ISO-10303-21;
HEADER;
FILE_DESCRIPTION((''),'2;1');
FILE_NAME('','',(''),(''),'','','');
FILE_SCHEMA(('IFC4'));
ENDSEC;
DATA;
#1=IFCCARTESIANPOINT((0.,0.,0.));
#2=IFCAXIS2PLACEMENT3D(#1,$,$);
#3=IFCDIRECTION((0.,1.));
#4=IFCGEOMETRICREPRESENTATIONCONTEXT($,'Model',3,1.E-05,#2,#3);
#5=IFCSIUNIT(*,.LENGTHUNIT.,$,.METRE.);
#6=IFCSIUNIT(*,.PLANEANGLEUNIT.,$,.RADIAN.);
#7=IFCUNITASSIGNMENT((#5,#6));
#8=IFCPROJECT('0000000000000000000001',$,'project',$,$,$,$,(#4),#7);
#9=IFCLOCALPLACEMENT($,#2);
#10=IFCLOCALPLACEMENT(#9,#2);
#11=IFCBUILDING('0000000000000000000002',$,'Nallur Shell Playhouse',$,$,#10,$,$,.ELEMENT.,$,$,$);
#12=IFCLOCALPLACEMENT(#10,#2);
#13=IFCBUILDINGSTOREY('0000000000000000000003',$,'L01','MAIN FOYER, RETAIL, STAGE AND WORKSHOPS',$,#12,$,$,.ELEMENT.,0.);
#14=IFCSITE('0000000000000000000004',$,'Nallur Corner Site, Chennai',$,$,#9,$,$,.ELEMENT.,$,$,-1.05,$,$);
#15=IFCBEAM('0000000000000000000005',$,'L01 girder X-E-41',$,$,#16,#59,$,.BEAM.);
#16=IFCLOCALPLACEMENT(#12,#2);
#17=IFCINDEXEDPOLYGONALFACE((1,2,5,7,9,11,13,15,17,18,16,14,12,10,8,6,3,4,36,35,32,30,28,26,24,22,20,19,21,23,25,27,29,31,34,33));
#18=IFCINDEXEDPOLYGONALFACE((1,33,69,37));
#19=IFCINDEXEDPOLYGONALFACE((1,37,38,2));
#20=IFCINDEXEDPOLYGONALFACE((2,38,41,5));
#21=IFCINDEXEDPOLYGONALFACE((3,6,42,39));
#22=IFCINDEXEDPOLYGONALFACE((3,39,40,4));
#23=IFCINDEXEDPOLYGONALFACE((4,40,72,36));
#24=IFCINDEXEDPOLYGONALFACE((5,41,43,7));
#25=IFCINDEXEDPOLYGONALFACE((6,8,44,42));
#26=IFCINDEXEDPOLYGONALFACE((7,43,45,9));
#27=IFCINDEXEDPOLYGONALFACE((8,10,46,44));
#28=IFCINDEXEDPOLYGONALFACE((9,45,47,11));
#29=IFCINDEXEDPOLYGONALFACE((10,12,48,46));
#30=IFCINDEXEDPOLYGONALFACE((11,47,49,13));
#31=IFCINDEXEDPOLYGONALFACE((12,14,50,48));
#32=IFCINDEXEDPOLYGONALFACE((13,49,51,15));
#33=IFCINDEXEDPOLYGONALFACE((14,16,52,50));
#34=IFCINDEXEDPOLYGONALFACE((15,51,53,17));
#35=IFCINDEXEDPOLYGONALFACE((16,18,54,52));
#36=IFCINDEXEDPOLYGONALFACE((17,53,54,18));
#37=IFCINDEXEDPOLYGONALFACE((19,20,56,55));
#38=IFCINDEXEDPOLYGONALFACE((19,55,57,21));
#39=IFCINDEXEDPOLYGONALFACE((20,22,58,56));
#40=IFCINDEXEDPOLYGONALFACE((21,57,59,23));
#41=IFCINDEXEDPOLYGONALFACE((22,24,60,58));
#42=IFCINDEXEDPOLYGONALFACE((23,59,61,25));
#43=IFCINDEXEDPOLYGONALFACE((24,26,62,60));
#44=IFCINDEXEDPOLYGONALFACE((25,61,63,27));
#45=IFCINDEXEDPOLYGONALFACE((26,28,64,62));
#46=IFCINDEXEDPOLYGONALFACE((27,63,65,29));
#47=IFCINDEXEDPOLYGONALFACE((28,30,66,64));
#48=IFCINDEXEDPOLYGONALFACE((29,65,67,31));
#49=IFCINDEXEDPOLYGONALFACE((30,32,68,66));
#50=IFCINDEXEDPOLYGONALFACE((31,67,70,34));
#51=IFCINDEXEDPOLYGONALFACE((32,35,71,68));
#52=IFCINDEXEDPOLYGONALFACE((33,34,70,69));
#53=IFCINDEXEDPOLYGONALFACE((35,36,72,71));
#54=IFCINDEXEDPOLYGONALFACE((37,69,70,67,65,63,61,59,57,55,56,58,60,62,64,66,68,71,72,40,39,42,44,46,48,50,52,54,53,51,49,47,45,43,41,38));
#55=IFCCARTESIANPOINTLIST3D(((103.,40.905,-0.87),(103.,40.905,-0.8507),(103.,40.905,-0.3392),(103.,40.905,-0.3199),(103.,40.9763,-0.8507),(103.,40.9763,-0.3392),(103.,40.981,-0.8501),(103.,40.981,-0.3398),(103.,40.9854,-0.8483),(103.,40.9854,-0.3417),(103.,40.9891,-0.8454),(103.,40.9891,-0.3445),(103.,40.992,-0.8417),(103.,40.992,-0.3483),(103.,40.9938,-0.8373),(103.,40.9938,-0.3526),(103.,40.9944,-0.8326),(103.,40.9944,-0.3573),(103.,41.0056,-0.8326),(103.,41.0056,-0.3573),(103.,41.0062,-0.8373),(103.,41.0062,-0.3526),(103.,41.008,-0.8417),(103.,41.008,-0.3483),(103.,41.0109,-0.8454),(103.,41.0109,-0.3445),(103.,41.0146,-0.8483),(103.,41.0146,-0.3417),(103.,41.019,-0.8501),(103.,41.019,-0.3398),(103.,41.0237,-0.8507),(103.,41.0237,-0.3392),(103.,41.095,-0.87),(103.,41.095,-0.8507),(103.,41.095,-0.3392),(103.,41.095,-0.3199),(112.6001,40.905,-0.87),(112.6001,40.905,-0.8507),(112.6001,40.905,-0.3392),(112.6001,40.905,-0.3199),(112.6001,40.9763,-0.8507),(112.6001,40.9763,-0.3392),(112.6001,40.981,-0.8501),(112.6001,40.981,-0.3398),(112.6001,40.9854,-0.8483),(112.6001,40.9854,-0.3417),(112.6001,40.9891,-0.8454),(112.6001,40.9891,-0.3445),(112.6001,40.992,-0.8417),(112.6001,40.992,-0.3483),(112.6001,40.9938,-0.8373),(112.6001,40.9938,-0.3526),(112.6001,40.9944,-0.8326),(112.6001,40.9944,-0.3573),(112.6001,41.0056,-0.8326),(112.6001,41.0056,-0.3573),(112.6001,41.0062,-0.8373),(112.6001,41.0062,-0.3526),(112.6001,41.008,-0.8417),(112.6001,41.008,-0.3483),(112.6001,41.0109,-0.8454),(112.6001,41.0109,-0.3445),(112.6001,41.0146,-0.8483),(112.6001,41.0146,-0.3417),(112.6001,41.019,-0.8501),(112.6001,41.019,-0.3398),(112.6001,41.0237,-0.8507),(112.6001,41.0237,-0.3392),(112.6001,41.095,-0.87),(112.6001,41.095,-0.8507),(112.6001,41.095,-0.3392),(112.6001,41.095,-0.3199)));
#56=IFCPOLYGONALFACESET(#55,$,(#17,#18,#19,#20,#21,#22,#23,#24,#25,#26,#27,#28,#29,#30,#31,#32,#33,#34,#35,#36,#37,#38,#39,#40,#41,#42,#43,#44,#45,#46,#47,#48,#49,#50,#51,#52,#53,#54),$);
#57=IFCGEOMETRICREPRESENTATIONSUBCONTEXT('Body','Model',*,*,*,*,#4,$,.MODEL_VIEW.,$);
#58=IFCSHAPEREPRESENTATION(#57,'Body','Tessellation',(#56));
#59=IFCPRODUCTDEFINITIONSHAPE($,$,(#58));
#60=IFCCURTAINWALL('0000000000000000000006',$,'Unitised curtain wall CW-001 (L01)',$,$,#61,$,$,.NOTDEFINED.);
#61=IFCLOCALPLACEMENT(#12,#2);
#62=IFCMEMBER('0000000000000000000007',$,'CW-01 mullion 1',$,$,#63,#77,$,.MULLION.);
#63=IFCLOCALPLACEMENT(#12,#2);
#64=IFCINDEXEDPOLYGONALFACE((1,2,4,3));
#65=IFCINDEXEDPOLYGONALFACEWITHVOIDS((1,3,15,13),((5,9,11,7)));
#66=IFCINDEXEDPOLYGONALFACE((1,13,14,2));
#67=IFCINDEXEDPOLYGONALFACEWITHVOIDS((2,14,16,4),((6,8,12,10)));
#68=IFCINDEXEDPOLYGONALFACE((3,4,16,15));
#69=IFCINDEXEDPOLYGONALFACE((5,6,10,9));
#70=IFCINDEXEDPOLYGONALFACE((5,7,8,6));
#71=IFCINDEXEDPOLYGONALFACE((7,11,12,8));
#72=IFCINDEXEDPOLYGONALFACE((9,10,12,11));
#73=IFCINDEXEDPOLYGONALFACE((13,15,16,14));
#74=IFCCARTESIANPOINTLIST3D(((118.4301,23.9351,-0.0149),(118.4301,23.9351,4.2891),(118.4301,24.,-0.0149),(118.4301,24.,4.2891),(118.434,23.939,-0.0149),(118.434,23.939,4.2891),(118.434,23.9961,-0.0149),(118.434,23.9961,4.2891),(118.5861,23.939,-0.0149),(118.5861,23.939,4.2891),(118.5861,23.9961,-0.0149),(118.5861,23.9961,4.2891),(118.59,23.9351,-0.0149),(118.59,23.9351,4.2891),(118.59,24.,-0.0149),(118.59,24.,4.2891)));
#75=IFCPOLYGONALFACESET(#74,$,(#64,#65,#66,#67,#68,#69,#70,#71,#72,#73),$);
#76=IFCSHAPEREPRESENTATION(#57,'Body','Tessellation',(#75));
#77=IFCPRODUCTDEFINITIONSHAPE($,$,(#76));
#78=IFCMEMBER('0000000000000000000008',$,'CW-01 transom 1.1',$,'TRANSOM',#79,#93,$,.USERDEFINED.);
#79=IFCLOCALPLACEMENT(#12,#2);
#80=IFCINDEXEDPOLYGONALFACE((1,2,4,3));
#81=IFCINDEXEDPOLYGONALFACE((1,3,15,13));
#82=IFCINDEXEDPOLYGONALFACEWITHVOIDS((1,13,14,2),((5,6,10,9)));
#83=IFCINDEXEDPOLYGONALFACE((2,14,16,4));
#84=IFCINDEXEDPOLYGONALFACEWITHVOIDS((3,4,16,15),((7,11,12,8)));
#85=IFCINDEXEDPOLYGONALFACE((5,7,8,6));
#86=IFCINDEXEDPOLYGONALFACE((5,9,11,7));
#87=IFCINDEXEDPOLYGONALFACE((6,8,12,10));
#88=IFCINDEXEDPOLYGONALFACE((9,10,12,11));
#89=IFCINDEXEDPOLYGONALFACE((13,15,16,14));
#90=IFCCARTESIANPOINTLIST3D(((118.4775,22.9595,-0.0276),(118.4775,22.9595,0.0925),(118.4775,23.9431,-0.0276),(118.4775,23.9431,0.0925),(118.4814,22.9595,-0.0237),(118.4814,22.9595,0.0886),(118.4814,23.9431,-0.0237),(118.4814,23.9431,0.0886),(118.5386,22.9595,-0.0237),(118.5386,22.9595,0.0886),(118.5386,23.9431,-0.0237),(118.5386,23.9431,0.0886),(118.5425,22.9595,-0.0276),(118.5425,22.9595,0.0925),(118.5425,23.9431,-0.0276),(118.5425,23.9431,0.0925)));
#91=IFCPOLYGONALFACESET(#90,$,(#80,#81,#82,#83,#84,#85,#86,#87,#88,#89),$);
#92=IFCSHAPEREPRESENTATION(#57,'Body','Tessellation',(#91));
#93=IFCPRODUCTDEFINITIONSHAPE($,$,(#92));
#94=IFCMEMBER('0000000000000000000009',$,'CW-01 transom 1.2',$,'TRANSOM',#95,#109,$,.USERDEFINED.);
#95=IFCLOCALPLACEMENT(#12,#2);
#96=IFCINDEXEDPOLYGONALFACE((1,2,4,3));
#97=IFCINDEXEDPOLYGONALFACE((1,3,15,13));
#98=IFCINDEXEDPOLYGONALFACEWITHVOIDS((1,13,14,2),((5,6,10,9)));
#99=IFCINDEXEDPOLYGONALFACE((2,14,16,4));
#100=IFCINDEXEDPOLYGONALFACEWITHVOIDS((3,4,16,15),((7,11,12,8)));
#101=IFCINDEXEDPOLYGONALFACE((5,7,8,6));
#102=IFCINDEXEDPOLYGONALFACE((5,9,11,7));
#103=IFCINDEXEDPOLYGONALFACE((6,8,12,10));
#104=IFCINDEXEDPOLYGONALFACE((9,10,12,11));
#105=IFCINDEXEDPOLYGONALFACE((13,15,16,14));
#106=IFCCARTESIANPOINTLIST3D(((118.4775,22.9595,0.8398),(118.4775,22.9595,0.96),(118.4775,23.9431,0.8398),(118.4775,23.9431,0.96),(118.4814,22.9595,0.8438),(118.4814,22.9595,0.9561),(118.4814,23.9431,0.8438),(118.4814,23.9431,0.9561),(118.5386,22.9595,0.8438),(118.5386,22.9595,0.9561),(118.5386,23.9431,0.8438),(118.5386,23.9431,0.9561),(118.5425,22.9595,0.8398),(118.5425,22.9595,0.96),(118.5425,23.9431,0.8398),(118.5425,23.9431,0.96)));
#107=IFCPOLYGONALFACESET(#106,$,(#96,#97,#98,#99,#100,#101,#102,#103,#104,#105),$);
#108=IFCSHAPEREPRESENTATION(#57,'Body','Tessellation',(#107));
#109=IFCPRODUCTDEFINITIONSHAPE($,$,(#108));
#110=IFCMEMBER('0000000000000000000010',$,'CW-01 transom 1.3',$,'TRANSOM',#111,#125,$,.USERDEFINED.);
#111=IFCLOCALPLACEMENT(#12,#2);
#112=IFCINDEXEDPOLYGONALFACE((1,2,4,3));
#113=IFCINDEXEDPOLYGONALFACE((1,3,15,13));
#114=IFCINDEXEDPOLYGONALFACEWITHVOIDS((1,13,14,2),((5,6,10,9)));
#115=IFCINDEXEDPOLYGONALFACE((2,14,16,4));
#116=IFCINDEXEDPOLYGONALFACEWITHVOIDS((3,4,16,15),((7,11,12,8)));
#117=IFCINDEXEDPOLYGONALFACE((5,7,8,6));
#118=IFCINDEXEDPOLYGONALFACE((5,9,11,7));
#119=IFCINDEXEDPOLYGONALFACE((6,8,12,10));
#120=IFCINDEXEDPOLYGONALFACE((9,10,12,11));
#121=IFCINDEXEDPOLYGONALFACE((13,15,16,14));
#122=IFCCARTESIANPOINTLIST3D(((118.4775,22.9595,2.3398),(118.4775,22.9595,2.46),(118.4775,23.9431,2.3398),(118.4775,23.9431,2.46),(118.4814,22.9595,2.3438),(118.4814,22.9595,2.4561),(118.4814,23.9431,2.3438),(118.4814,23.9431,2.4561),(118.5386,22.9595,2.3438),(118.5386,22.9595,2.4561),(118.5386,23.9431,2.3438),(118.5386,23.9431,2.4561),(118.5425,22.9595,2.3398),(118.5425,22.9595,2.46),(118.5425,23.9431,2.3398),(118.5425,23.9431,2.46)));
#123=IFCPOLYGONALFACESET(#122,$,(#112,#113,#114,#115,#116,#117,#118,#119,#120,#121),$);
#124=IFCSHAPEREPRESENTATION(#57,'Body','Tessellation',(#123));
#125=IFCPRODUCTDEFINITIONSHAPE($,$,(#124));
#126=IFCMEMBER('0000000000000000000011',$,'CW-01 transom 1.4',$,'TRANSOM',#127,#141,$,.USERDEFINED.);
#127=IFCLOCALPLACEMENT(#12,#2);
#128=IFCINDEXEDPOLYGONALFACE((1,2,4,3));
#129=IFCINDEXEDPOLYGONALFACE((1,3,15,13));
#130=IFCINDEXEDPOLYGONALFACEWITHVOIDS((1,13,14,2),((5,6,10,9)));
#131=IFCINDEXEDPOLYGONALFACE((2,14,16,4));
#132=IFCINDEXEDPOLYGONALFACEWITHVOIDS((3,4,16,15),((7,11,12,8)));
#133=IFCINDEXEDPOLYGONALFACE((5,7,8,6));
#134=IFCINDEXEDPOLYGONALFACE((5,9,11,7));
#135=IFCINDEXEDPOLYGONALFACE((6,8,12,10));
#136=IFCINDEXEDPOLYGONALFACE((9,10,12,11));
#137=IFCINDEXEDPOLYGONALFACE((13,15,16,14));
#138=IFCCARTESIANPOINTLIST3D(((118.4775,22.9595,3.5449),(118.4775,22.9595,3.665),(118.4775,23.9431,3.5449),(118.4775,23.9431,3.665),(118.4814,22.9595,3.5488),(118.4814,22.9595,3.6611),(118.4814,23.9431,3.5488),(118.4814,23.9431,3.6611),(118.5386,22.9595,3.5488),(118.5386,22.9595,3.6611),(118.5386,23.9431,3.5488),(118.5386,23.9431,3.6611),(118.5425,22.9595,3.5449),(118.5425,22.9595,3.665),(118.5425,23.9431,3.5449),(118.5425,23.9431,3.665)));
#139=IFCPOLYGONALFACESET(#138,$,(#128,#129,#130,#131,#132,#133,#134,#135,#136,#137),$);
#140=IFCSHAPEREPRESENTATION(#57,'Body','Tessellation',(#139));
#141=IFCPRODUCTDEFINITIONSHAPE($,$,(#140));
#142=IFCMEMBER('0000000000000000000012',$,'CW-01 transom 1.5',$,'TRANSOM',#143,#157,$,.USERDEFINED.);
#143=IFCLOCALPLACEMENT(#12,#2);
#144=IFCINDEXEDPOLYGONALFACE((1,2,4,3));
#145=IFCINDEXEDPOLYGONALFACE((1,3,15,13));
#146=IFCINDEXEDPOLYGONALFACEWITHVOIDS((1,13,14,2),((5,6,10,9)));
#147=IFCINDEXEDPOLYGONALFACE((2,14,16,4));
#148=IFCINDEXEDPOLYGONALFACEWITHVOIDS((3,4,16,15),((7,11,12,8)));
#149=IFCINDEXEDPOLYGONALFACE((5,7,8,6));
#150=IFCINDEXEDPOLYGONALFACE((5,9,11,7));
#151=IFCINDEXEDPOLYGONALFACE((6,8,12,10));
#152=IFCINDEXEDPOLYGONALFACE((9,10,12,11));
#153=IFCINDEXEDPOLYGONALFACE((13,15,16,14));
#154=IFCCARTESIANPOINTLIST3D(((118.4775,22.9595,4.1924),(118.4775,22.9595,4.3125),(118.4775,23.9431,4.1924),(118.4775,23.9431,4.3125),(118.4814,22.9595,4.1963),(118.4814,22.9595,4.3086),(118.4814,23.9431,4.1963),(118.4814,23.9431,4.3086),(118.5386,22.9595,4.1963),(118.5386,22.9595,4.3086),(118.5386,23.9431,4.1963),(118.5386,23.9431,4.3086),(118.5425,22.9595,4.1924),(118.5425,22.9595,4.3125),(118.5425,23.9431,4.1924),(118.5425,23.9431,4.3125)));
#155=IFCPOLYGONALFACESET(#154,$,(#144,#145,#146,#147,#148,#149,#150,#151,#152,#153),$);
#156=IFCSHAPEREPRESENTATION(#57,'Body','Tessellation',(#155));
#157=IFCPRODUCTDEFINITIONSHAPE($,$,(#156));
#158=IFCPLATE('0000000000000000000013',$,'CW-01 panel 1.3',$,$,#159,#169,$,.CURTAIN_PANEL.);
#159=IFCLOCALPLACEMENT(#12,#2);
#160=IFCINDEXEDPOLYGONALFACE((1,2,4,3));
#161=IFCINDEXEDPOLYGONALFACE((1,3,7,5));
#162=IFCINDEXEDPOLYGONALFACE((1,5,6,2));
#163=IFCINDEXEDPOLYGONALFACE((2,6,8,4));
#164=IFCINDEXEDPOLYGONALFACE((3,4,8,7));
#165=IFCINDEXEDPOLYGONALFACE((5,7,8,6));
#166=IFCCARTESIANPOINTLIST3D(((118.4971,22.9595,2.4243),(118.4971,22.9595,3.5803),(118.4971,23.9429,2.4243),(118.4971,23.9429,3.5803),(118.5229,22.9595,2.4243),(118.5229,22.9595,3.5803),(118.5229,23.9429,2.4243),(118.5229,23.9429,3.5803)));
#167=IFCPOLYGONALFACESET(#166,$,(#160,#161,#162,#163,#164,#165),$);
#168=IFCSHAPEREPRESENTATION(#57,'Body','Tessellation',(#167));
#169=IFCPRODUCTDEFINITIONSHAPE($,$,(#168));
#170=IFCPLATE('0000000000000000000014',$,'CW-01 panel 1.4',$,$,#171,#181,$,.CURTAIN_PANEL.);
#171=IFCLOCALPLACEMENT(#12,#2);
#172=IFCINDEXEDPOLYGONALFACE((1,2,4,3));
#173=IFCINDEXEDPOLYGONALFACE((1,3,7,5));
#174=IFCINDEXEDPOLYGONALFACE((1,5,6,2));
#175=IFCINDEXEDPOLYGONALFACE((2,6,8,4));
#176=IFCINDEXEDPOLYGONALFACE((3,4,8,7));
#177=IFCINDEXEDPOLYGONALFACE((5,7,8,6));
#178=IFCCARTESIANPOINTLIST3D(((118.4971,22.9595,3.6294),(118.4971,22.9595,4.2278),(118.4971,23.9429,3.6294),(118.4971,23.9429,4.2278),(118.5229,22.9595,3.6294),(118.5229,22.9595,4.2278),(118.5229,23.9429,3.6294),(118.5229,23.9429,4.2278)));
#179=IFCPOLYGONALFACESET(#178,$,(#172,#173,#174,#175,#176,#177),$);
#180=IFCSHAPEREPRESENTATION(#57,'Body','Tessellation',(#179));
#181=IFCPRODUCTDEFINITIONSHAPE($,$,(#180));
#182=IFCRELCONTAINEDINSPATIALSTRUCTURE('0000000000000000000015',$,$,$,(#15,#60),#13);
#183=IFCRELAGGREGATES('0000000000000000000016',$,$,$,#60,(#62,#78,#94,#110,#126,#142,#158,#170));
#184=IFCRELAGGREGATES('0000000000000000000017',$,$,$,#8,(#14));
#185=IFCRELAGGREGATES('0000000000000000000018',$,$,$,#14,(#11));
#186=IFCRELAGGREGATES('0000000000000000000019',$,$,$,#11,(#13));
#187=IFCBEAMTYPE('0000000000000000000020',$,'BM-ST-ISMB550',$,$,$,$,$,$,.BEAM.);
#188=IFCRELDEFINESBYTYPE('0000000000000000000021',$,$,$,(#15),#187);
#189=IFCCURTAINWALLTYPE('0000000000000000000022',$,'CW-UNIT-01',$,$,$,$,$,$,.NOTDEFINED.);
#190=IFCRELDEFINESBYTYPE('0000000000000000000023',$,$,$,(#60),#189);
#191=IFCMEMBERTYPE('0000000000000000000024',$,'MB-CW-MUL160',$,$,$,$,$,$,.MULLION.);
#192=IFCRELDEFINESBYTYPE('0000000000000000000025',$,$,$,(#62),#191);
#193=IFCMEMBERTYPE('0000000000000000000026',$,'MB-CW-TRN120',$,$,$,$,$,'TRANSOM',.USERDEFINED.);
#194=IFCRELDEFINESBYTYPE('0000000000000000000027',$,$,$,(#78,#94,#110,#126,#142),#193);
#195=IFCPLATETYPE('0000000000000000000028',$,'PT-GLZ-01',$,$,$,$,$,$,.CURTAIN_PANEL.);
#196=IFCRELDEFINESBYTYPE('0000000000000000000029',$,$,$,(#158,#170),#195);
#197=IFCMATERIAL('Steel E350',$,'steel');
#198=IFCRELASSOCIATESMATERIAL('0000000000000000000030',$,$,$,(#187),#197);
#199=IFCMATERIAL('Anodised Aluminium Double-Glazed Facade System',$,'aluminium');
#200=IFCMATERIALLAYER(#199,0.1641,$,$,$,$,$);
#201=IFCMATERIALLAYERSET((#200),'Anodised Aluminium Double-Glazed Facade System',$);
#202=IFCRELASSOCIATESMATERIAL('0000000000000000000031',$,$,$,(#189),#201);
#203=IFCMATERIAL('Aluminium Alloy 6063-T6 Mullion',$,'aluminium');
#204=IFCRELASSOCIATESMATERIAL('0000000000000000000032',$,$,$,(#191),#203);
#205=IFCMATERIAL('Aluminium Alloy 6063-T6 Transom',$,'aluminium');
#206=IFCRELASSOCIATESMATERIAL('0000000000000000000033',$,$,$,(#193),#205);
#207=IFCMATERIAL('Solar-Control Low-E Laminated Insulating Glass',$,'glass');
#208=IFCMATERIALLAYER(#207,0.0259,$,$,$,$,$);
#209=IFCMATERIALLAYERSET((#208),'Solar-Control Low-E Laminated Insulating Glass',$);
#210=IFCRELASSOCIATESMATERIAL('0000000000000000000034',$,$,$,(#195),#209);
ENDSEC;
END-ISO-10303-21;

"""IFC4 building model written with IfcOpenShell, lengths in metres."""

from ifc_helpers import new_model, si_unit, direction, frame, origin, origin_2d, place, context, subcontext, project, spatial, rectangle, hollow_rectangle, i_section, extrude, material, layer, layer_set, material_profile, profile_set, type_object, element, aggregate, save


model = new_model("IFC4")

# Units and contexts
model_context = context("Model", 3, precision=1e-05, world=origin(), true_north=direction((0.0, 1.0)))
body_context = subcontext(model_context, "Body", "Model", "MODEL_VIEW")
ifc_project = project(units=[si_unit("LENGTHUNIT", "METRE"), si_unit("PLANEANGLEUNIT", "RADIAN")], contexts=[model_context])

# Site, building, storey
site_placement = place(None, origin())
site = spatial("IfcSite", under=ifc_project, at=site_placement, Name="Nallur Corner Site, Chennai", CompositionType="ELEMENT", RefElevation=-1.05)
building_placement = place(site_placement, origin())
building = spatial("IfcBuilding", under=site, at=building_placement, Name="Nallur Shell Playhouse", CompositionType="ELEMENT")
storey_placement = place(building_placement, origin())
storey = spatial("IfcBuildingStorey", under=building, at=storey_placement, Name="L01", Description="MAIN FOYER, RETAIL, STAGE AND WORKSHOPS", CompositionType="ELEMENT", Elevation=0.0)

# Beam
ifc_material_1 = material(Name="Steel E350", Category="steel")
ifc_material_profile_1 = material_profile(ifc_material_1, i_section(OverallWidth=0.1899, OverallDepth=0.55, WebThickness=0.0112, FlangeThickness=0.0193, FilletRadius=0.0181, at=origin_2d()), Name="ISMB 550")
ifc_profile_set_1 = profile_set([ifc_material_profile_1], Name="Steel E350")
beam_type_1 = type_object("IfcBeamType", Name="BM-ST-ISMB550", PredefinedType="BEAM", material=ifc_profile_set_1)
beam_1_placement = place(storey_placement, frame((103.0, 41.0, -0.595), z_axis=(1.0, 0.0, 0.0), x_axis=(0.0, 1.0, 0.0)))
element("IfcBeam", 1, at=beam_1_placement, inside=storey, type_object=beam_type_1, Name="L01 girder X-E-41", PredefinedType="BEAM", context=body_context, shape_type="SweptSolid", body=[
    extrude(i_section(OverallWidth=0.1899, OverallDepth=0.55, WebThickness=0.0112, FlangeThickness=0.0193, FilletRadius=0.0181, at=origin_2d()), origin(), (0.0, 0.0, 1.0), 9.6001),
])

# Curtain wall, members, plates
ifc_material_2 = material(Name="Anodised Aluminium Double-Glazed Facade System", Category="aluminium")
ifc_layer_1 = layer(ifc_material_2, 0.1641)
ifc_layer_set_1 = layer_set([ifc_layer_1], Name="Anodised Aluminium Double-Glazed Facade System")
curtain_wall_type = type_object("IfcCurtainWallType", Name="CW-UNIT-01", PredefinedType="NOTDEFINED", material=ifc_layer_set_1)
curtain_wall_placement = place(storey_placement, origin())
curtain_wall = element("IfcCurtainWall", 2, at=curtain_wall_placement, inside=storey, type_object=curtain_wall_type, Name="Unitised curtain wall CW-001 (L01)", PredefinedType="NOTDEFINED")
ifc_material_3 = material(Name="Aluminium Alloy 6063-T6 Mullion", Category="aluminium")
ifc_material_profile_2 = material_profile(ifc_material_3, hollow_rectangle(XDim=0.0649, YDim=0.1599, WallThickness=0.0039, at=origin_2d()), Name="ALU 65x160x4")
ifc_profile_set_2 = profile_set([ifc_material_profile_2], Name="Aluminium Alloy 6063-T6 Mullion")
member_type_1 = type_object("IfcMemberType", Name="MB-CW-MUL160", PredefinedType="MULLION", material=ifc_profile_set_2)
member_1_placement = place(storey_placement, frame((118.51, 23.9675, -0.0149), z_axis=(0.0, 0.0, 1.0), x_axis=(0.0, -1.0, 0.0)))
member_1 = element("IfcMember", 3, at=member_1_placement, type_object=member_type_1, Name="CW-01 mullion 1", PredefinedType="MULLION", context=body_context, shape_type="SweptSolid", body=[
    extrude(hollow_rectangle(XDim=0.0649, YDim=0.1599, WallThickness=0.0039, at=origin_2d()), origin(), (0.0, 0.0, 1.0), 4.304),
])
ifc_material_4 = material(Name="Aluminium Alloy 6063-T6 Transom", Category="aluminium")
ifc_material_profile_3 = material_profile(ifc_material_4, hollow_rectangle(XDim=0.0649, YDim=0.1201, WallThickness=0.0039, at=origin_2d()), Name="ALU 65x120x4")
ifc_profile_set_3 = profile_set([ifc_material_profile_3], Name="Aluminium Alloy 6063-T6 Transom")
member_type_2 = type_object("IfcMemberType", Name="MB-CW-TRN120", ElementType="TRANSOM", PredefinedType="USERDEFINED", material=ifc_profile_set_3)
member_2_placement = place(storey_placement, frame((118.51, 23.9431, 0.0325), z_axis=(0.0, -1.0, 0.0), x_axis=(1.0, 0.0, 0.0)))
member_2 = element("IfcMember", 4, at=member_2_placement, type_object=member_type_2, Name="CW-01 transom 1.1", ObjectType="TRANSOM", PredefinedType="USERDEFINED", context=body_context, shape_type="SweptSolid", body=[
    extrude(hollow_rectangle(XDim=0.0649, YDim=0.1201, WallThickness=0.0039, at=origin_2d()), origin(), (0.0, 0.0, 1.0), 0.9836),
])
member_3_placement = place(storey_placement, frame((118.51, 23.9431, 0.8999), z_axis=(0.0, -1.0, 0.0), x_axis=(1.0, 0.0, 0.0)))
member_3 = element("IfcMember", 5, at=member_3_placement, type_object=member_type_2, Name="CW-01 transom 1.2", ObjectType="TRANSOM", PredefinedType="USERDEFINED", context=body_context, shape_type="SweptSolid", body=[
    extrude(hollow_rectangle(XDim=0.0649, YDim=0.1201, WallThickness=0.0039, at=origin_2d()), origin(), (0.0, 0.0, 1.0), 0.9836),
])
member_4_placement = place(storey_placement, frame((118.51, 23.9431, 2.3999), z_axis=(0.0, -1.0, 0.0), x_axis=(1.0, 0.0, 0.0)))
member_4 = element("IfcMember", 6, at=member_4_placement, type_object=member_type_2, Name="CW-01 transom 1.3", ObjectType="TRANSOM", PredefinedType="USERDEFINED", context=body_context, shape_type="SweptSolid", body=[
    extrude(hollow_rectangle(XDim=0.0649, YDim=0.1201, WallThickness=0.0039, at=origin_2d()), origin(), (0.0, 0.0, 1.0), 0.9836),
])
member_5_placement = place(storey_placement, frame((118.51, 23.9431, 3.605), z_axis=(0.0, -1.0, 0.0), x_axis=(1.0, 0.0, 0.0)))
member_5 = element("IfcMember", 7, at=member_5_placement, type_object=member_type_2, Name="CW-01 transom 1.4", ObjectType="TRANSOM", PredefinedType="USERDEFINED", context=body_context, shape_type="SweptSolid", body=[
    extrude(hollow_rectangle(XDim=0.0649, YDim=0.1201, WallThickness=0.0039, at=origin_2d()), origin(), (0.0, 0.0, 1.0), 0.9836),
])
member_6_placement = place(storey_placement, frame((118.51, 23.9431, 4.2524), z_axis=(0.0, -1.0, 0.0), x_axis=(1.0, 0.0, 0.0)))
member_6 = element("IfcMember", 8, at=member_6_placement, type_object=member_type_2, Name="CW-01 transom 1.5", ObjectType="TRANSOM", PredefinedType="USERDEFINED", context=body_context, shape_type="SweptSolid", body=[
    extrude(hollow_rectangle(XDim=0.0649, YDim=0.1201, WallThickness=0.0039, at=origin_2d()), origin(), (0.0, 0.0, 1.0), 0.9836),
])
ifc_material_5 = material(Name="Solar-Control Low-E Laminated Insulating Glass", Category="glass")
ifc_layer_2 = layer(ifc_material_5, 0.0259)
ifc_layer_set_2 = layer_set([ifc_layer_2], Name="Solar-Control Low-E Laminated Insulating Glass")
plate_type = type_object("IfcPlateType", Name="PT-GLZ-01", PredefinedType="CURTAIN_PANEL", material=ifc_layer_set_2)
plate_1_placement = place(storey_placement, frame((118.51, 23.4512, 2.4243), z_axis=(0.0, 0.0, 1.0), x_axis=(0.0, -1.0, 0.0)))
plate_1 = element("IfcPlate", 9, at=plate_1_placement, type_object=plate_type, Name="CW-01 panel 1.3", PredefinedType="CURTAIN_PANEL", context=body_context, shape_type="SweptSolid", body=[
    extrude(rectangle(XDim=0.9834, YDim=0.0259, at=origin_2d()), origin(), (0.0, 0.0, 1.0), 1.156),
])
plate_2_placement = place(storey_placement, frame((118.51, 23.4512, 3.6294), z_axis=(0.0, 0.0, 1.0), x_axis=(0.0, -1.0, 0.0)))
plate_2 = element("IfcPlate", 10, at=plate_2_placement, type_object=plate_type, Name="CW-01 panel 1.4", PredefinedType="CURTAIN_PANEL", context=body_context, shape_type="SweptSolid", body=[
    extrude(rectangle(XDim=0.9834, YDim=0.0259, at=origin_2d()), origin(), (0.0, 0.0, 1.0), 0.5984),
])
aggregate(curtain_wall, [member_1, member_2, member_3, member_4, member_5, member_6, plate_1, plate_2])

save(model, "model.ifc")
